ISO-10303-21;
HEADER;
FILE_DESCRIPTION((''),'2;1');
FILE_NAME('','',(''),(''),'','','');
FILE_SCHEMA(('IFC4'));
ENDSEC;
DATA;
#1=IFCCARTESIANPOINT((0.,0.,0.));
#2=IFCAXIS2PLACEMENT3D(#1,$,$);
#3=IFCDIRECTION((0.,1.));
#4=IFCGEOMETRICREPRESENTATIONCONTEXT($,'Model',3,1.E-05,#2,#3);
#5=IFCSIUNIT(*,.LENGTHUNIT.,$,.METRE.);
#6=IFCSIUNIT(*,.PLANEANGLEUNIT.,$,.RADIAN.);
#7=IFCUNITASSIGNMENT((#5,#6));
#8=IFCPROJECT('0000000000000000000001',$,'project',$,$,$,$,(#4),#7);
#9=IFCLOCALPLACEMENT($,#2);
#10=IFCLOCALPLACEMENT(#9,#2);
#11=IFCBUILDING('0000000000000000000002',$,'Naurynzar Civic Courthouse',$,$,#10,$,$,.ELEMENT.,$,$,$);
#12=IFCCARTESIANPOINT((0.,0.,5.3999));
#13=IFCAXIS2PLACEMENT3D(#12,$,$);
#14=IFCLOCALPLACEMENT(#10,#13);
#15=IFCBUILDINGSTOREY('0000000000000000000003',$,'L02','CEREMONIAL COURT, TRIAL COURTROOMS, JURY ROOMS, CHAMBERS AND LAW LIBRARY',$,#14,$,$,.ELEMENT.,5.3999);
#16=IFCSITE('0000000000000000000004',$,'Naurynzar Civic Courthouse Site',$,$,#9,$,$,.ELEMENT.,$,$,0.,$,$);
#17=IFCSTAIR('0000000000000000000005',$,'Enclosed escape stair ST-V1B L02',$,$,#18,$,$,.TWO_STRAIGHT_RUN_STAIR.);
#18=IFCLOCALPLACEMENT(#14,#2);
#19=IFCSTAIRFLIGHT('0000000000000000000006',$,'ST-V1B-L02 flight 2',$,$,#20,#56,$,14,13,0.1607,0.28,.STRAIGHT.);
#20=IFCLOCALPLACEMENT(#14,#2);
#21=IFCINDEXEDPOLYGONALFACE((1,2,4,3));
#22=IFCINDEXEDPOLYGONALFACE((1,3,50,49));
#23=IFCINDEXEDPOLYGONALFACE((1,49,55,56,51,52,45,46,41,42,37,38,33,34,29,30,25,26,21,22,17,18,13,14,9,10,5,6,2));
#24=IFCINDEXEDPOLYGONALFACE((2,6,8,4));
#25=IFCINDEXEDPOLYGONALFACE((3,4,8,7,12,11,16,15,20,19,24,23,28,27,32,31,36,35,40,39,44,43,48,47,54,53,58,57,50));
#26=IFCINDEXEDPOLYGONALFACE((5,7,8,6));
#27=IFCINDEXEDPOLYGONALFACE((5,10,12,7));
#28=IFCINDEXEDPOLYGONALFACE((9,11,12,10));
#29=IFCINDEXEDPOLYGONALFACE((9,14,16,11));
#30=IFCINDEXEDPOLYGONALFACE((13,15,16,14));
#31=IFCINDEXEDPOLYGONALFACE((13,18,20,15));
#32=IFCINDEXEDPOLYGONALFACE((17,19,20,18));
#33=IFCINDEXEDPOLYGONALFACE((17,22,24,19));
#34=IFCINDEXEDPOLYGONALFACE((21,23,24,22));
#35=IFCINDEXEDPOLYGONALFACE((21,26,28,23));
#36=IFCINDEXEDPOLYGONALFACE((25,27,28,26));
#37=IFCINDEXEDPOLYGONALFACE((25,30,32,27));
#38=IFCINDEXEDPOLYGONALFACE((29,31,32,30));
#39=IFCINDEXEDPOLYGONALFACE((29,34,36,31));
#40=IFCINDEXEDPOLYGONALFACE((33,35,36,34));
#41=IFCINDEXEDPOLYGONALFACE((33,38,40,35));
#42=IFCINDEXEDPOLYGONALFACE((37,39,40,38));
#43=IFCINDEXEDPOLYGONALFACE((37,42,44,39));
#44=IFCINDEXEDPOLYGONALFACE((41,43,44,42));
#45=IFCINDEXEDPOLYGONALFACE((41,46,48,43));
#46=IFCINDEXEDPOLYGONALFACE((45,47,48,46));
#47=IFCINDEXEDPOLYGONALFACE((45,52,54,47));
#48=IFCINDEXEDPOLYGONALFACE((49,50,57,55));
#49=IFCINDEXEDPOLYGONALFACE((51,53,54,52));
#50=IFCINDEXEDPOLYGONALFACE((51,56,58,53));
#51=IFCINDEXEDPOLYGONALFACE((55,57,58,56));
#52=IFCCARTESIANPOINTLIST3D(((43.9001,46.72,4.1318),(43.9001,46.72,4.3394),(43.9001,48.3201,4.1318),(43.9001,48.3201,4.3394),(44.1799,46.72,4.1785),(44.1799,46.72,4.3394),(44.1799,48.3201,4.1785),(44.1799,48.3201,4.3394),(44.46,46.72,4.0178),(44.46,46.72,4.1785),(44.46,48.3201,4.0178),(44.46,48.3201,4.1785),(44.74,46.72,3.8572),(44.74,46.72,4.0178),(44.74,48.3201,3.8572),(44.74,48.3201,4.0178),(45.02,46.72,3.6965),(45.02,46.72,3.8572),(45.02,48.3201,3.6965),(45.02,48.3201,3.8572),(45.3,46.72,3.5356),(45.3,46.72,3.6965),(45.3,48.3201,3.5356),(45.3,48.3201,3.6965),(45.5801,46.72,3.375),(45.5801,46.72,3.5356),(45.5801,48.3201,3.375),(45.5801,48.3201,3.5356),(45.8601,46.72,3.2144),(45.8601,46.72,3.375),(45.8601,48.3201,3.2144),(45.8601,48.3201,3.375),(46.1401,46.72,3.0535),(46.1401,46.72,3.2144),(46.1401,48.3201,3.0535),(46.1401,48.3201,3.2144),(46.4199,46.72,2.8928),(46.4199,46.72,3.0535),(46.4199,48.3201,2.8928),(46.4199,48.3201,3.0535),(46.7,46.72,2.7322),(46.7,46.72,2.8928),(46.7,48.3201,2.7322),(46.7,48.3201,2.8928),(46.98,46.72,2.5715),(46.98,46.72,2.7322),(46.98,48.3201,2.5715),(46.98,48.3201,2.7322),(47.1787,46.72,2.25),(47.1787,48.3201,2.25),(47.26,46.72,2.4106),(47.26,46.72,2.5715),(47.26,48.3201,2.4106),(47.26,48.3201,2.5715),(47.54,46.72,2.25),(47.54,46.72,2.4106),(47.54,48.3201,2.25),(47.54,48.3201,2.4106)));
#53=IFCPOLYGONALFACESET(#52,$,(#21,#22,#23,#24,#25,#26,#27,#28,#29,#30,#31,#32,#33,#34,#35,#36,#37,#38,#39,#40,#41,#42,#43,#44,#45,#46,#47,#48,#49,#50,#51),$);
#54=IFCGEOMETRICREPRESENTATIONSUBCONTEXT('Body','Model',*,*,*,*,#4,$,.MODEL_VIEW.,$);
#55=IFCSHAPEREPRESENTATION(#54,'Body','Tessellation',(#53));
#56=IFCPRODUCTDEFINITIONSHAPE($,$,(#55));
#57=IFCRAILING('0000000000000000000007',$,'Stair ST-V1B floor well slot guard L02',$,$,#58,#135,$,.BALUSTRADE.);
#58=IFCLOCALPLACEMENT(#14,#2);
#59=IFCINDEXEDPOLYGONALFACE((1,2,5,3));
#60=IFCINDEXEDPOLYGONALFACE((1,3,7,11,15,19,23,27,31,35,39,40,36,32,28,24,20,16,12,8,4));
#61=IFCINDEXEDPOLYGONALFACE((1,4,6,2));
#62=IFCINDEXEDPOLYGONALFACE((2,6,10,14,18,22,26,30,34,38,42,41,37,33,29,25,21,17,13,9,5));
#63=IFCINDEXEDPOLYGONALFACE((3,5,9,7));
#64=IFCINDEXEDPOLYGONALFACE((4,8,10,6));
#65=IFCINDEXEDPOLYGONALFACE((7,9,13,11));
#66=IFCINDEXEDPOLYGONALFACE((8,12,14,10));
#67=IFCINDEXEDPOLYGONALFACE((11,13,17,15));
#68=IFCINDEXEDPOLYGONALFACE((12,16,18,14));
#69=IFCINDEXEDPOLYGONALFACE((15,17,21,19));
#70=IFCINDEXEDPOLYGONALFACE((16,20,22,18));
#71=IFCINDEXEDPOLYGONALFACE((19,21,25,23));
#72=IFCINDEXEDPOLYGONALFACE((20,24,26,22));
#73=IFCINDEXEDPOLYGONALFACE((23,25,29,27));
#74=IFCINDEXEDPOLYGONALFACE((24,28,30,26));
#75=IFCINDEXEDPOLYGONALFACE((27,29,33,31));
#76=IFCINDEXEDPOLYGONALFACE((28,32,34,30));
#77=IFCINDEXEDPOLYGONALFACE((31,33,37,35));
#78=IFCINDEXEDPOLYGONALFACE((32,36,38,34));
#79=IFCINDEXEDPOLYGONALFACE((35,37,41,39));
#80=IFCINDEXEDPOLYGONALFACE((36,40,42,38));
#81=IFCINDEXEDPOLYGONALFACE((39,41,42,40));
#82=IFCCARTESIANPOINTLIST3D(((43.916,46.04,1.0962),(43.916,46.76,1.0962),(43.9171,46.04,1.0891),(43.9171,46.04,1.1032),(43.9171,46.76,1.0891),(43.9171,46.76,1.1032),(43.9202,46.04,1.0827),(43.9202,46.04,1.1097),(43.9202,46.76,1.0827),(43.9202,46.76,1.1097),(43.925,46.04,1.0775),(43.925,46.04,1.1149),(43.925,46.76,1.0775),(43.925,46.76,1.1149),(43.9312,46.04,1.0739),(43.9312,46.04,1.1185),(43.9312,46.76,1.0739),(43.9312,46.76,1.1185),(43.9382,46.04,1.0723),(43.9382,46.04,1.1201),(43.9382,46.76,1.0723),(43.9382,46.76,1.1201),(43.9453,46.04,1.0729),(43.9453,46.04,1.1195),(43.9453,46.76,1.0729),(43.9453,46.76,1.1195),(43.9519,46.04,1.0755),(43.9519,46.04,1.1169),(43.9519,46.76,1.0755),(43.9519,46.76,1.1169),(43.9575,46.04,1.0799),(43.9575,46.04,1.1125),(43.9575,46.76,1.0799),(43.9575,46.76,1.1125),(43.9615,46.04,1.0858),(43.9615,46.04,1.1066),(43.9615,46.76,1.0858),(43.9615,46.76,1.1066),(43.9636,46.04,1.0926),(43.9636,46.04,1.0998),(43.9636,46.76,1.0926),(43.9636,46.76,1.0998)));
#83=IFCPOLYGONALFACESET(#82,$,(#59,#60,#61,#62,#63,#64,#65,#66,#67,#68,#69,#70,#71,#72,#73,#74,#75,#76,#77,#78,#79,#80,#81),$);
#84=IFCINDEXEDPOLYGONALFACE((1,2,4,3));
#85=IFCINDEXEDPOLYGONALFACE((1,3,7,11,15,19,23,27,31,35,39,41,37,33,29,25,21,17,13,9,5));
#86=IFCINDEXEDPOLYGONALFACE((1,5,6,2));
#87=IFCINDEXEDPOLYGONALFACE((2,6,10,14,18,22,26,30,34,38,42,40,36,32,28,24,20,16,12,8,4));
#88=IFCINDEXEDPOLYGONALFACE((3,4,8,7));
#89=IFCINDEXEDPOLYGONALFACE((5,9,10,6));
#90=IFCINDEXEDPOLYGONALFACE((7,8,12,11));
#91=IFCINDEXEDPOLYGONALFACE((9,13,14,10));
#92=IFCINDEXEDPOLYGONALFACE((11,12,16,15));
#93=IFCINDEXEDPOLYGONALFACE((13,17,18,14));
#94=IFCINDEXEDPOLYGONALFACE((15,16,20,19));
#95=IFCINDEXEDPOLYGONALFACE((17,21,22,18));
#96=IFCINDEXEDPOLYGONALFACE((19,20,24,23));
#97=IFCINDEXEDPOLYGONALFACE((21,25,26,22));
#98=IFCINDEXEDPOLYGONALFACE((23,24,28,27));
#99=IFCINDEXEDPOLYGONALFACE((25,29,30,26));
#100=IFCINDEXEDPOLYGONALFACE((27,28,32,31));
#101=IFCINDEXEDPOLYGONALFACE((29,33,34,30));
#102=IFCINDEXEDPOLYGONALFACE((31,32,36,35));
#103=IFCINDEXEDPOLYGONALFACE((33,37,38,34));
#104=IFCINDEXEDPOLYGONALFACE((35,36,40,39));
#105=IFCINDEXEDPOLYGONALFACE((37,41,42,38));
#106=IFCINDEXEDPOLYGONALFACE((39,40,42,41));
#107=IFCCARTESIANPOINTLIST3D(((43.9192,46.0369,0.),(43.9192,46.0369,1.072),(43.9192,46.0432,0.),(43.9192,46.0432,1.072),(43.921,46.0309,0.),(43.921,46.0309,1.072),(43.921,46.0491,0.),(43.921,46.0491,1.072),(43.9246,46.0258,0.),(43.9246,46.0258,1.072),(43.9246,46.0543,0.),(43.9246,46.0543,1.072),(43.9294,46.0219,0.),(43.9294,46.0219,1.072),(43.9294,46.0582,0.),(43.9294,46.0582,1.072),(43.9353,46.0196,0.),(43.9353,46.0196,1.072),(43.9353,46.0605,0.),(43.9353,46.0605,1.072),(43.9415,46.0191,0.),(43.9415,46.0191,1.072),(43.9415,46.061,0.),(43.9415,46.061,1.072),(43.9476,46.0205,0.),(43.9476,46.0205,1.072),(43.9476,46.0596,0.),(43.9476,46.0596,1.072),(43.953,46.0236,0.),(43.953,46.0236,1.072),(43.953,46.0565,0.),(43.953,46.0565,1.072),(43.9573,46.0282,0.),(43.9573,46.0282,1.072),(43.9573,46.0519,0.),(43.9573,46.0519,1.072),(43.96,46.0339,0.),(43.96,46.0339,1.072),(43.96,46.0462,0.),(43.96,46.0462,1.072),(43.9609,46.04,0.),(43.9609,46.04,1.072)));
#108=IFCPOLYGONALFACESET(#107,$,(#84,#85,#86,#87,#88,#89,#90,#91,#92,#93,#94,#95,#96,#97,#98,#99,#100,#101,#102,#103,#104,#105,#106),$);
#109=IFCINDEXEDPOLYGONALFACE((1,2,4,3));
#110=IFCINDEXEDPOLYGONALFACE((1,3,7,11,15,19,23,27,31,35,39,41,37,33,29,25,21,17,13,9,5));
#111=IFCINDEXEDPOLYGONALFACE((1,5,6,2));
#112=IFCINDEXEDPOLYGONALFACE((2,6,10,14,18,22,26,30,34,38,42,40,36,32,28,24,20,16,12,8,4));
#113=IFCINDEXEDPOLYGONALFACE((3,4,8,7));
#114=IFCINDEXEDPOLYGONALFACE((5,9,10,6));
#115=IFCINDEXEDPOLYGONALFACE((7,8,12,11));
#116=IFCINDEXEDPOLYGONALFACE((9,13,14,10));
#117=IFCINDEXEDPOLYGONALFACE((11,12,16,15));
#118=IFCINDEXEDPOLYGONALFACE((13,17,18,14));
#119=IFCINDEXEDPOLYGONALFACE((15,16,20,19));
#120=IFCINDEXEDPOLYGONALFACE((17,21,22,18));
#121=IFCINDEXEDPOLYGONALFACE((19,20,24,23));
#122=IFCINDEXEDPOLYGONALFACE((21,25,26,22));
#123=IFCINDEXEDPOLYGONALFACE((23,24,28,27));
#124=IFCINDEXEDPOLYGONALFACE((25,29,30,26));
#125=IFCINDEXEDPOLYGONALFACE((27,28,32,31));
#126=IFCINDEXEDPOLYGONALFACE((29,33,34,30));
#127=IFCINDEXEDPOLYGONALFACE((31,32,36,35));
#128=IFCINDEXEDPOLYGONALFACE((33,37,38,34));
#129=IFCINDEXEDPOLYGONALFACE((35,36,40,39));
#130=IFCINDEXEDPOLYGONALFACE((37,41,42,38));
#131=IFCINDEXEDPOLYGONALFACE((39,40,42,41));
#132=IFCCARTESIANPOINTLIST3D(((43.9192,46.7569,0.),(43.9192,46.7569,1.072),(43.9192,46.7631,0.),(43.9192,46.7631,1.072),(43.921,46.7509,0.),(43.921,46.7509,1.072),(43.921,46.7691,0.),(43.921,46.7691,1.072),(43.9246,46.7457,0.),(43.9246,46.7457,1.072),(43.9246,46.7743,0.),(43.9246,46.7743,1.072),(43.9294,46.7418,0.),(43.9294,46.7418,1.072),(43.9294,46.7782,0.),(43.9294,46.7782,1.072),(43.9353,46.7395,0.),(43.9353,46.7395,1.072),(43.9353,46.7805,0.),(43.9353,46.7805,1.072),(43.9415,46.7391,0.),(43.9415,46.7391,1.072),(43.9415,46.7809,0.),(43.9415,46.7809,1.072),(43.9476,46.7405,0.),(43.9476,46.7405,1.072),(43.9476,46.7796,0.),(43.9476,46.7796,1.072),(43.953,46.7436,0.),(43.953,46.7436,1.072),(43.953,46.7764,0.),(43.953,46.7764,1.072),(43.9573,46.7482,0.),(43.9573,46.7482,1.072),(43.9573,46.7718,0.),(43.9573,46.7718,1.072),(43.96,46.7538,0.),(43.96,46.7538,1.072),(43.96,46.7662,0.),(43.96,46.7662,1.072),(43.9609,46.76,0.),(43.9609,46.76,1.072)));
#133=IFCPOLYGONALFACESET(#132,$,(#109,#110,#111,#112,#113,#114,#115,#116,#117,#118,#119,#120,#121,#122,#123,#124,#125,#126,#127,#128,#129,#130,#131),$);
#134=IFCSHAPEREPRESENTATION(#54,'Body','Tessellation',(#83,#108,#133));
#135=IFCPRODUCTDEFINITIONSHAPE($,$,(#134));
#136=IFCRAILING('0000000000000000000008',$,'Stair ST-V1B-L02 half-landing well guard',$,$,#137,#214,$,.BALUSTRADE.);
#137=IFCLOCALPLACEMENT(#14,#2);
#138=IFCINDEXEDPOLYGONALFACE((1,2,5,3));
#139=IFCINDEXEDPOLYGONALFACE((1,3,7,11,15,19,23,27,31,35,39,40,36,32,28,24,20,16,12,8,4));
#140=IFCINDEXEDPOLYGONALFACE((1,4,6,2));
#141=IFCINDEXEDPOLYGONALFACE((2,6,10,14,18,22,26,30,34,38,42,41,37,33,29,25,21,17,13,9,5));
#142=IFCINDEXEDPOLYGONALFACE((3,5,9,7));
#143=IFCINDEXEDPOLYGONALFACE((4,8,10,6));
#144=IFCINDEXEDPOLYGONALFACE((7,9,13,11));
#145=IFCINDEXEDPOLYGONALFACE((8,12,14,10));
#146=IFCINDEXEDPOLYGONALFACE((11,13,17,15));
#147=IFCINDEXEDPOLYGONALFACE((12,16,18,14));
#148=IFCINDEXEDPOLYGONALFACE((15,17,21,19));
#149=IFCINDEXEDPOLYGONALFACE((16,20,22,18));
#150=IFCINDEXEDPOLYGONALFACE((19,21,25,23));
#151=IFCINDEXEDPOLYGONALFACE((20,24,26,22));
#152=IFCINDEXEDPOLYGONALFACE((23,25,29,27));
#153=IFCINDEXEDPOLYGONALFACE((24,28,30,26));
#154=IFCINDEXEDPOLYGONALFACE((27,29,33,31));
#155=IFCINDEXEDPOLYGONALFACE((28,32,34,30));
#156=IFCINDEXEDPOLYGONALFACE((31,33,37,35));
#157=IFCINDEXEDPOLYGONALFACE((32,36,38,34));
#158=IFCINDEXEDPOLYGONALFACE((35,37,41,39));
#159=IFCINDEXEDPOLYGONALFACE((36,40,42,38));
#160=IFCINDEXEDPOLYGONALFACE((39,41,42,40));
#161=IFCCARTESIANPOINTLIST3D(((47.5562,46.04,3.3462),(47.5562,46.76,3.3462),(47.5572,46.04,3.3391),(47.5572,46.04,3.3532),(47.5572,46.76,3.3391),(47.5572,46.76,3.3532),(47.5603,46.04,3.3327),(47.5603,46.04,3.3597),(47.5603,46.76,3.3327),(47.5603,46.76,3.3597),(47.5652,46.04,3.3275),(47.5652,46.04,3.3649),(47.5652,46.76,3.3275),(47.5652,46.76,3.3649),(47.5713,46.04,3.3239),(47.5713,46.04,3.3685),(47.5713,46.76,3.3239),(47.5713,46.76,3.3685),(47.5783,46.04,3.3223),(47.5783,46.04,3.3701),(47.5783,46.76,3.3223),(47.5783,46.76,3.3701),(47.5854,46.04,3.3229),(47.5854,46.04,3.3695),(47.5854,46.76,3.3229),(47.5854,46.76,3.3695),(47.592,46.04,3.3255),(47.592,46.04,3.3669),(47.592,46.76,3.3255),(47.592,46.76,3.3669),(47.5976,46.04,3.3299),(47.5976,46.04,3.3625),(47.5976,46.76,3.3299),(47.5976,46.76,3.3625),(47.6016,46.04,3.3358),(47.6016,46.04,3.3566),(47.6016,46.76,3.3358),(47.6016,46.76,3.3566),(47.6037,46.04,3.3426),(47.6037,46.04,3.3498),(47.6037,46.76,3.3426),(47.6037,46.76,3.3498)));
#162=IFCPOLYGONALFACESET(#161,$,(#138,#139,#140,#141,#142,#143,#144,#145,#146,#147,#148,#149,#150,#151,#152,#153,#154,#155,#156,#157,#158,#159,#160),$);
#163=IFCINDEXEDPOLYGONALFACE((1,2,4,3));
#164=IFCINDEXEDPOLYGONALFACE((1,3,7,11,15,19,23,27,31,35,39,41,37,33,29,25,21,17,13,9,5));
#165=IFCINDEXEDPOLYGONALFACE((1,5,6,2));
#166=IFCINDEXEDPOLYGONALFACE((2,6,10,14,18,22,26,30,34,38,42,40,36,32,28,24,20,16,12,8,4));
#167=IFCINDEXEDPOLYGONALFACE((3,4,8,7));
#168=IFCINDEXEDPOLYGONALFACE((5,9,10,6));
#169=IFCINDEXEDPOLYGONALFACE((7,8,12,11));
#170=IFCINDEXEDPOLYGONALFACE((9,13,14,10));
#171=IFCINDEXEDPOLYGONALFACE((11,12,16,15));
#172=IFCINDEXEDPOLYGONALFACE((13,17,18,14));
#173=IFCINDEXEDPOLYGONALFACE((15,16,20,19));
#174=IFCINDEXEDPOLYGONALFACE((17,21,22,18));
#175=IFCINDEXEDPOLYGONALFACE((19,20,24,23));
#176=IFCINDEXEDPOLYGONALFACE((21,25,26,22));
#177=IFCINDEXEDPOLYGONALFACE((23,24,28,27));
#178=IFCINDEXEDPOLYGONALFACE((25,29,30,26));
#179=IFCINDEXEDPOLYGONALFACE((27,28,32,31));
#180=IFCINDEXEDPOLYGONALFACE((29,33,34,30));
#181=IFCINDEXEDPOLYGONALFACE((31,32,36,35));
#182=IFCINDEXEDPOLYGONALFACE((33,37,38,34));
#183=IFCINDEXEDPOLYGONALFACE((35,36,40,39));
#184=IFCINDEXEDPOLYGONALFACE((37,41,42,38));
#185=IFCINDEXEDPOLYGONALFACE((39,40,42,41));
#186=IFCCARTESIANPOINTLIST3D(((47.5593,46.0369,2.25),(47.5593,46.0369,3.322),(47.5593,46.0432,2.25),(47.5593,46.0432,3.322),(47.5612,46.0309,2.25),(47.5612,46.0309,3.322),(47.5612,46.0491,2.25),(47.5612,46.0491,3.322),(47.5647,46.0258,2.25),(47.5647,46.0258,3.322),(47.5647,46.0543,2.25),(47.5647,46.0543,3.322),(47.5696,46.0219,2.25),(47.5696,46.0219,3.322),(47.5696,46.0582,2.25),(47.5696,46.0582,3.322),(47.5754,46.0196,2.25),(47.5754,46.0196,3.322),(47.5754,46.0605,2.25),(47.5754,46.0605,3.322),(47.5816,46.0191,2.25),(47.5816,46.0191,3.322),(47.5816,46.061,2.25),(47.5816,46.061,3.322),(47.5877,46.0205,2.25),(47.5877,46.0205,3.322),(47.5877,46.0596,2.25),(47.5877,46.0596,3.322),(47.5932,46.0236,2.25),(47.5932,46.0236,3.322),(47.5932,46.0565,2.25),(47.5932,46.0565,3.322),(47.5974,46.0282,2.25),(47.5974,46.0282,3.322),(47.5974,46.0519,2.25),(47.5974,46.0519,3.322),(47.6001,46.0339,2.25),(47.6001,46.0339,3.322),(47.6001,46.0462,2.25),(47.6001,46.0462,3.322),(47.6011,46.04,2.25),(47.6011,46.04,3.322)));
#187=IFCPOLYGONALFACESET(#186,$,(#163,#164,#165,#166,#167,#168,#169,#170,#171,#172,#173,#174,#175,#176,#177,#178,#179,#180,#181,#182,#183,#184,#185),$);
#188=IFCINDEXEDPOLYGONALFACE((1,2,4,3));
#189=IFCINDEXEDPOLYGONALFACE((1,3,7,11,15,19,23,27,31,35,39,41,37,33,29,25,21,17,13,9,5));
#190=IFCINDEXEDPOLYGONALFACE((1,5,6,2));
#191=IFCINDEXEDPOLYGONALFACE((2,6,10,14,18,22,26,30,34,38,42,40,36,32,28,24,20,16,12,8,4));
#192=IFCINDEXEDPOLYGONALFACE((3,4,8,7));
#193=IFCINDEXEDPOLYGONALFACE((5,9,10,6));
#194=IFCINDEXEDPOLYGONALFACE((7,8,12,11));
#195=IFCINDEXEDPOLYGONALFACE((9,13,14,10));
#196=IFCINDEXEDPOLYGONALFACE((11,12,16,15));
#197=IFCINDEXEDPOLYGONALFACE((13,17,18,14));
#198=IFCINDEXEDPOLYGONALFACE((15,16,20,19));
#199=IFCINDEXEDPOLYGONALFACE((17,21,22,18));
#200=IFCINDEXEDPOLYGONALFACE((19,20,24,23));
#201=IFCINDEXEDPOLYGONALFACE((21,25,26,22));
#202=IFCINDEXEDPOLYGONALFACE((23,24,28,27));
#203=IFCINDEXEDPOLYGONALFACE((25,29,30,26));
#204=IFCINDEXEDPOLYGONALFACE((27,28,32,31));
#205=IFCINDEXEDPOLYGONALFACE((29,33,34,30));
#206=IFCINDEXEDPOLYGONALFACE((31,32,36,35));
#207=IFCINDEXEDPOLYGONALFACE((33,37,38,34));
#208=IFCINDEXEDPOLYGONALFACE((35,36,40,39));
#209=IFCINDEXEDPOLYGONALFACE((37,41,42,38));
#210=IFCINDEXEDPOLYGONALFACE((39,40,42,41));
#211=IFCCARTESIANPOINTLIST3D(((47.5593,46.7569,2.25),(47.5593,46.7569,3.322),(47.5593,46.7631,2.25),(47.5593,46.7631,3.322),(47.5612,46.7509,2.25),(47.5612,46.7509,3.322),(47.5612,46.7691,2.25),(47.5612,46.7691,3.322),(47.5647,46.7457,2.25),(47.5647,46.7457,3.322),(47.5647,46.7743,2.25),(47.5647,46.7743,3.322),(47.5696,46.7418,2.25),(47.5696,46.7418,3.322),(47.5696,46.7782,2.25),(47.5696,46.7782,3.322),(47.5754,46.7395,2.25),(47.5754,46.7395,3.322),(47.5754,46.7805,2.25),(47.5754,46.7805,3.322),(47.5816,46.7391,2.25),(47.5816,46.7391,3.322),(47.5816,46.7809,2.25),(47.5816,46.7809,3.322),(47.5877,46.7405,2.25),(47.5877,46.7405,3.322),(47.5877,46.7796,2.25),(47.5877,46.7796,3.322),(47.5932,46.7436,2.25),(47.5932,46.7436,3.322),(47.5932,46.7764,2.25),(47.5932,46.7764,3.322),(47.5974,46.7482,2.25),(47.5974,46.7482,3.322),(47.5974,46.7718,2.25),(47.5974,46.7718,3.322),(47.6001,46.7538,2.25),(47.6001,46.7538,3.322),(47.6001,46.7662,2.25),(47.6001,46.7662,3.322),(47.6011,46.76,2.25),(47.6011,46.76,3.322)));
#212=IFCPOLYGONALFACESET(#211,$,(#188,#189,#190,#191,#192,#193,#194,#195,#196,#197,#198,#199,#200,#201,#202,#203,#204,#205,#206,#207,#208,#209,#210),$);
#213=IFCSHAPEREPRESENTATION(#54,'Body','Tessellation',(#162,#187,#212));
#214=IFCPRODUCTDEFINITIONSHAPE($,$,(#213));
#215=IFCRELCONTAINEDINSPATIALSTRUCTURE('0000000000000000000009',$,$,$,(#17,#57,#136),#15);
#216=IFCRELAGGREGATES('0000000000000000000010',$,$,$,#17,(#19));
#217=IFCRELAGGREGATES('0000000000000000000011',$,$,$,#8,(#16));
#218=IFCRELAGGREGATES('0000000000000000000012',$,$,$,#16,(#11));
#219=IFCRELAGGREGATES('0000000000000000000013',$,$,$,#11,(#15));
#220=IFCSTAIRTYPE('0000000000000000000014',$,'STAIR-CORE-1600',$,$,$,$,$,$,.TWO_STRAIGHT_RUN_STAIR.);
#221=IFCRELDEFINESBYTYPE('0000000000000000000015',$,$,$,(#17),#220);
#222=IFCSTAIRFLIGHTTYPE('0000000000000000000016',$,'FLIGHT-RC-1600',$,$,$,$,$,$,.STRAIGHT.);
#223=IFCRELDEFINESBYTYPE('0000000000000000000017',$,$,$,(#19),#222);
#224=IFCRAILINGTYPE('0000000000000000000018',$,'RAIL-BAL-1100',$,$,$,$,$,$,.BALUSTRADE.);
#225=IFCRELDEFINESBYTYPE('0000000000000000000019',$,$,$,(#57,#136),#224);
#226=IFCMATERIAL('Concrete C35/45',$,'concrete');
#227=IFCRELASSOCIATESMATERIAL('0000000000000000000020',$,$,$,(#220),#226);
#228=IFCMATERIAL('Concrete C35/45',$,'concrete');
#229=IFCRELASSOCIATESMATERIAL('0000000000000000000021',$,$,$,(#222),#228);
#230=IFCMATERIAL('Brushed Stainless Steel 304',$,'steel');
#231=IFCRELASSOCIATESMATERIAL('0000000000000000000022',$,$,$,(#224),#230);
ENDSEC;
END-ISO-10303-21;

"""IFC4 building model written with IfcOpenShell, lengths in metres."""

from ifc_helpers import new_model, si_unit, direction, frame, origin, origin_2d, place, context, subcontext, project, spatial, polyline, circle, outline, extrude, material, type_object, element, aggregate, save


model = new_model("IFC4")

# Units and contexts
model_context = context("Model", 3, precision=1e-05, world=origin(), true_north=direction((0.0, 1.0)))
body_context = subcontext(model_context, "Body", "Model", "MODEL_VIEW")
ifc_project = project(units=[si_unit("LENGTHUNIT", "METRE"), si_unit("PLANEANGLEUNIT", "RADIAN")], contexts=[model_context])

# Site, building, storey
site_placement = place(None, origin())
site = spatial("IfcSite", under=ifc_project, at=site_placement, Name="Naurynzar Civic Courthouse Site", CompositionType="ELEMENT", RefElevation=0.0)
building_placement = place(site_placement, origin())
building = spatial("IfcBuilding", under=site, at=building_placement, Name="Naurynzar Civic Courthouse", CompositionType="ELEMENT")
storey_placement = place(building_placement, frame((0.0, 0.0, 5.3999)))
storey = spatial("IfcBuildingStorey", under=building, at=storey_placement, Name="L02", Description="CEREMONIAL COURT, TRIAL COURTROOMS, JURY ROOMS, CHAMBERS AND LAW LIBRARY", CompositionType="ELEMENT", Elevation=5.3999)

# Stair, stair flight
ifc_material_1 = material(Name="Concrete C35/45", Category="concrete")
stair_type = type_object("IfcStairType", Name="STAIR-CORE-1600", PredefinedType="TWO_STRAIGHT_RUN_STAIR", material=ifc_material_1)
stair_placement = place(storey_placement, origin())
stair = element("IfcStair", 1, at=stair_placement, inside=storey, type_object=stair_type, Name="Enclosed escape stair ST-V1B L02", PredefinedType="TWO_STRAIGHT_RUN_STAIR")
ifc_material_2 = material(Name="Concrete C35/45", Category="concrete")
stair_flight_type = type_object("IfcStairFlightType", Name="FLIGHT-RC-1600", PredefinedType="STRAIGHT", material=ifc_material_2)
stair_flight_1_placement = place(storey_placement, frame((47.54, 47.52, 2.25), z_axis=(0.0, 0.0, 1.0), x_axis=(-1.0, 0.0, 0.0)))
stair_flight_1 = element("IfcStairFlight", 2, at=stair_flight_1_placement, type_object=stair_flight_type, Name="ST-V1B-L02 flight 2", NumberOfRisers=14, NumberOfTreads=13, PredefinedType="STRAIGHT", RiserHeight=0.1607, TreadLength=0.28, context=body_context, shape_type="SweptSolid", body=[
    extrude(outline(polyline([(0.0, 0.0), (0.0, 0.1606), (0.28, 0.1606), (0.28, 0.3215), (0.5601, 0.3215), (0.5601, 0.4822), (0.8401, 0.4822), (0.8401, 0.6428), (1.1201, 0.6428), (1.1201, 0.8035), (1.3999, 0.8035), (1.3999, 0.9644), (1.6799, 0.9644), (1.6799, 1.125), (1.96, 1.125), (1.96, 1.2856), (2.24, 1.2856), (2.24, 1.4465), (2.52, 1.4465), (2.52, 1.6072), (2.8, 1.6072), (2.8, 1.7678), (3.0801, 1.7678), (3.0801, 1.9285), (3.3601, 1.9285), (3.3601, 2.0894), (3.6399, 2.0894), (3.6399, 2.25), (3.6399, 1.8818), (0.3613, 0.0), (0.0, 0.0)])), frame((0.0, 0.8, 0.0), z_axis=(0.0, -1.0, 0.0), x_axis=(1.0, 0.0, 0.0)), (0.0, 0.0, 1.0), 1.6001),
])
aggregate(stair, [stair_flight_1])

# Railings
ifc_material_3 = material(Name="Brushed Stainless Steel 304", Category="steel")
railing_type_1 = type_object("IfcRailingType", Name="RAIL-BAL-1100", PredefinedType="BALUSTRADE", material=ifc_material_3)
for number, where, name in (
    (3, (43.9399, 46.04, 0.0), "Stair ST-V1B floor well slot guard L02"),
    (4, (47.5801, 46.04, 2.25), "Stair ST-V1B-L02 half-landing well guard"),
):
    element("IfcRailing", number, at=place(storey_placement, frame(where)), inside=storey, type_object=railing_type_1, Name=name, PredefinedType="BALUSTRADE", context=body_context, shape_type="SweptSolid", body=[
        extrude(circle(Radius=0.0239, at=origin_2d()), frame((0.0, 0.0, 1.0962), z_axis=(0.0, 1.0, 0.0), x_axis=(-1.0, 0.0, 0.0)), (0.0, 0.0, 1.0), 0.72),
        extrude(circle(Radius=0.021, at=origin_2d()), origin(), (0.0, 0.0, 1.0), 1.072),
        extrude(circle(Radius=0.021, at=origin_2d()), frame((0.0, 0.72, 0.0)), (0.0, 0.0, 1.0), 1.072),
    ])

save(model, "model.ifc")
